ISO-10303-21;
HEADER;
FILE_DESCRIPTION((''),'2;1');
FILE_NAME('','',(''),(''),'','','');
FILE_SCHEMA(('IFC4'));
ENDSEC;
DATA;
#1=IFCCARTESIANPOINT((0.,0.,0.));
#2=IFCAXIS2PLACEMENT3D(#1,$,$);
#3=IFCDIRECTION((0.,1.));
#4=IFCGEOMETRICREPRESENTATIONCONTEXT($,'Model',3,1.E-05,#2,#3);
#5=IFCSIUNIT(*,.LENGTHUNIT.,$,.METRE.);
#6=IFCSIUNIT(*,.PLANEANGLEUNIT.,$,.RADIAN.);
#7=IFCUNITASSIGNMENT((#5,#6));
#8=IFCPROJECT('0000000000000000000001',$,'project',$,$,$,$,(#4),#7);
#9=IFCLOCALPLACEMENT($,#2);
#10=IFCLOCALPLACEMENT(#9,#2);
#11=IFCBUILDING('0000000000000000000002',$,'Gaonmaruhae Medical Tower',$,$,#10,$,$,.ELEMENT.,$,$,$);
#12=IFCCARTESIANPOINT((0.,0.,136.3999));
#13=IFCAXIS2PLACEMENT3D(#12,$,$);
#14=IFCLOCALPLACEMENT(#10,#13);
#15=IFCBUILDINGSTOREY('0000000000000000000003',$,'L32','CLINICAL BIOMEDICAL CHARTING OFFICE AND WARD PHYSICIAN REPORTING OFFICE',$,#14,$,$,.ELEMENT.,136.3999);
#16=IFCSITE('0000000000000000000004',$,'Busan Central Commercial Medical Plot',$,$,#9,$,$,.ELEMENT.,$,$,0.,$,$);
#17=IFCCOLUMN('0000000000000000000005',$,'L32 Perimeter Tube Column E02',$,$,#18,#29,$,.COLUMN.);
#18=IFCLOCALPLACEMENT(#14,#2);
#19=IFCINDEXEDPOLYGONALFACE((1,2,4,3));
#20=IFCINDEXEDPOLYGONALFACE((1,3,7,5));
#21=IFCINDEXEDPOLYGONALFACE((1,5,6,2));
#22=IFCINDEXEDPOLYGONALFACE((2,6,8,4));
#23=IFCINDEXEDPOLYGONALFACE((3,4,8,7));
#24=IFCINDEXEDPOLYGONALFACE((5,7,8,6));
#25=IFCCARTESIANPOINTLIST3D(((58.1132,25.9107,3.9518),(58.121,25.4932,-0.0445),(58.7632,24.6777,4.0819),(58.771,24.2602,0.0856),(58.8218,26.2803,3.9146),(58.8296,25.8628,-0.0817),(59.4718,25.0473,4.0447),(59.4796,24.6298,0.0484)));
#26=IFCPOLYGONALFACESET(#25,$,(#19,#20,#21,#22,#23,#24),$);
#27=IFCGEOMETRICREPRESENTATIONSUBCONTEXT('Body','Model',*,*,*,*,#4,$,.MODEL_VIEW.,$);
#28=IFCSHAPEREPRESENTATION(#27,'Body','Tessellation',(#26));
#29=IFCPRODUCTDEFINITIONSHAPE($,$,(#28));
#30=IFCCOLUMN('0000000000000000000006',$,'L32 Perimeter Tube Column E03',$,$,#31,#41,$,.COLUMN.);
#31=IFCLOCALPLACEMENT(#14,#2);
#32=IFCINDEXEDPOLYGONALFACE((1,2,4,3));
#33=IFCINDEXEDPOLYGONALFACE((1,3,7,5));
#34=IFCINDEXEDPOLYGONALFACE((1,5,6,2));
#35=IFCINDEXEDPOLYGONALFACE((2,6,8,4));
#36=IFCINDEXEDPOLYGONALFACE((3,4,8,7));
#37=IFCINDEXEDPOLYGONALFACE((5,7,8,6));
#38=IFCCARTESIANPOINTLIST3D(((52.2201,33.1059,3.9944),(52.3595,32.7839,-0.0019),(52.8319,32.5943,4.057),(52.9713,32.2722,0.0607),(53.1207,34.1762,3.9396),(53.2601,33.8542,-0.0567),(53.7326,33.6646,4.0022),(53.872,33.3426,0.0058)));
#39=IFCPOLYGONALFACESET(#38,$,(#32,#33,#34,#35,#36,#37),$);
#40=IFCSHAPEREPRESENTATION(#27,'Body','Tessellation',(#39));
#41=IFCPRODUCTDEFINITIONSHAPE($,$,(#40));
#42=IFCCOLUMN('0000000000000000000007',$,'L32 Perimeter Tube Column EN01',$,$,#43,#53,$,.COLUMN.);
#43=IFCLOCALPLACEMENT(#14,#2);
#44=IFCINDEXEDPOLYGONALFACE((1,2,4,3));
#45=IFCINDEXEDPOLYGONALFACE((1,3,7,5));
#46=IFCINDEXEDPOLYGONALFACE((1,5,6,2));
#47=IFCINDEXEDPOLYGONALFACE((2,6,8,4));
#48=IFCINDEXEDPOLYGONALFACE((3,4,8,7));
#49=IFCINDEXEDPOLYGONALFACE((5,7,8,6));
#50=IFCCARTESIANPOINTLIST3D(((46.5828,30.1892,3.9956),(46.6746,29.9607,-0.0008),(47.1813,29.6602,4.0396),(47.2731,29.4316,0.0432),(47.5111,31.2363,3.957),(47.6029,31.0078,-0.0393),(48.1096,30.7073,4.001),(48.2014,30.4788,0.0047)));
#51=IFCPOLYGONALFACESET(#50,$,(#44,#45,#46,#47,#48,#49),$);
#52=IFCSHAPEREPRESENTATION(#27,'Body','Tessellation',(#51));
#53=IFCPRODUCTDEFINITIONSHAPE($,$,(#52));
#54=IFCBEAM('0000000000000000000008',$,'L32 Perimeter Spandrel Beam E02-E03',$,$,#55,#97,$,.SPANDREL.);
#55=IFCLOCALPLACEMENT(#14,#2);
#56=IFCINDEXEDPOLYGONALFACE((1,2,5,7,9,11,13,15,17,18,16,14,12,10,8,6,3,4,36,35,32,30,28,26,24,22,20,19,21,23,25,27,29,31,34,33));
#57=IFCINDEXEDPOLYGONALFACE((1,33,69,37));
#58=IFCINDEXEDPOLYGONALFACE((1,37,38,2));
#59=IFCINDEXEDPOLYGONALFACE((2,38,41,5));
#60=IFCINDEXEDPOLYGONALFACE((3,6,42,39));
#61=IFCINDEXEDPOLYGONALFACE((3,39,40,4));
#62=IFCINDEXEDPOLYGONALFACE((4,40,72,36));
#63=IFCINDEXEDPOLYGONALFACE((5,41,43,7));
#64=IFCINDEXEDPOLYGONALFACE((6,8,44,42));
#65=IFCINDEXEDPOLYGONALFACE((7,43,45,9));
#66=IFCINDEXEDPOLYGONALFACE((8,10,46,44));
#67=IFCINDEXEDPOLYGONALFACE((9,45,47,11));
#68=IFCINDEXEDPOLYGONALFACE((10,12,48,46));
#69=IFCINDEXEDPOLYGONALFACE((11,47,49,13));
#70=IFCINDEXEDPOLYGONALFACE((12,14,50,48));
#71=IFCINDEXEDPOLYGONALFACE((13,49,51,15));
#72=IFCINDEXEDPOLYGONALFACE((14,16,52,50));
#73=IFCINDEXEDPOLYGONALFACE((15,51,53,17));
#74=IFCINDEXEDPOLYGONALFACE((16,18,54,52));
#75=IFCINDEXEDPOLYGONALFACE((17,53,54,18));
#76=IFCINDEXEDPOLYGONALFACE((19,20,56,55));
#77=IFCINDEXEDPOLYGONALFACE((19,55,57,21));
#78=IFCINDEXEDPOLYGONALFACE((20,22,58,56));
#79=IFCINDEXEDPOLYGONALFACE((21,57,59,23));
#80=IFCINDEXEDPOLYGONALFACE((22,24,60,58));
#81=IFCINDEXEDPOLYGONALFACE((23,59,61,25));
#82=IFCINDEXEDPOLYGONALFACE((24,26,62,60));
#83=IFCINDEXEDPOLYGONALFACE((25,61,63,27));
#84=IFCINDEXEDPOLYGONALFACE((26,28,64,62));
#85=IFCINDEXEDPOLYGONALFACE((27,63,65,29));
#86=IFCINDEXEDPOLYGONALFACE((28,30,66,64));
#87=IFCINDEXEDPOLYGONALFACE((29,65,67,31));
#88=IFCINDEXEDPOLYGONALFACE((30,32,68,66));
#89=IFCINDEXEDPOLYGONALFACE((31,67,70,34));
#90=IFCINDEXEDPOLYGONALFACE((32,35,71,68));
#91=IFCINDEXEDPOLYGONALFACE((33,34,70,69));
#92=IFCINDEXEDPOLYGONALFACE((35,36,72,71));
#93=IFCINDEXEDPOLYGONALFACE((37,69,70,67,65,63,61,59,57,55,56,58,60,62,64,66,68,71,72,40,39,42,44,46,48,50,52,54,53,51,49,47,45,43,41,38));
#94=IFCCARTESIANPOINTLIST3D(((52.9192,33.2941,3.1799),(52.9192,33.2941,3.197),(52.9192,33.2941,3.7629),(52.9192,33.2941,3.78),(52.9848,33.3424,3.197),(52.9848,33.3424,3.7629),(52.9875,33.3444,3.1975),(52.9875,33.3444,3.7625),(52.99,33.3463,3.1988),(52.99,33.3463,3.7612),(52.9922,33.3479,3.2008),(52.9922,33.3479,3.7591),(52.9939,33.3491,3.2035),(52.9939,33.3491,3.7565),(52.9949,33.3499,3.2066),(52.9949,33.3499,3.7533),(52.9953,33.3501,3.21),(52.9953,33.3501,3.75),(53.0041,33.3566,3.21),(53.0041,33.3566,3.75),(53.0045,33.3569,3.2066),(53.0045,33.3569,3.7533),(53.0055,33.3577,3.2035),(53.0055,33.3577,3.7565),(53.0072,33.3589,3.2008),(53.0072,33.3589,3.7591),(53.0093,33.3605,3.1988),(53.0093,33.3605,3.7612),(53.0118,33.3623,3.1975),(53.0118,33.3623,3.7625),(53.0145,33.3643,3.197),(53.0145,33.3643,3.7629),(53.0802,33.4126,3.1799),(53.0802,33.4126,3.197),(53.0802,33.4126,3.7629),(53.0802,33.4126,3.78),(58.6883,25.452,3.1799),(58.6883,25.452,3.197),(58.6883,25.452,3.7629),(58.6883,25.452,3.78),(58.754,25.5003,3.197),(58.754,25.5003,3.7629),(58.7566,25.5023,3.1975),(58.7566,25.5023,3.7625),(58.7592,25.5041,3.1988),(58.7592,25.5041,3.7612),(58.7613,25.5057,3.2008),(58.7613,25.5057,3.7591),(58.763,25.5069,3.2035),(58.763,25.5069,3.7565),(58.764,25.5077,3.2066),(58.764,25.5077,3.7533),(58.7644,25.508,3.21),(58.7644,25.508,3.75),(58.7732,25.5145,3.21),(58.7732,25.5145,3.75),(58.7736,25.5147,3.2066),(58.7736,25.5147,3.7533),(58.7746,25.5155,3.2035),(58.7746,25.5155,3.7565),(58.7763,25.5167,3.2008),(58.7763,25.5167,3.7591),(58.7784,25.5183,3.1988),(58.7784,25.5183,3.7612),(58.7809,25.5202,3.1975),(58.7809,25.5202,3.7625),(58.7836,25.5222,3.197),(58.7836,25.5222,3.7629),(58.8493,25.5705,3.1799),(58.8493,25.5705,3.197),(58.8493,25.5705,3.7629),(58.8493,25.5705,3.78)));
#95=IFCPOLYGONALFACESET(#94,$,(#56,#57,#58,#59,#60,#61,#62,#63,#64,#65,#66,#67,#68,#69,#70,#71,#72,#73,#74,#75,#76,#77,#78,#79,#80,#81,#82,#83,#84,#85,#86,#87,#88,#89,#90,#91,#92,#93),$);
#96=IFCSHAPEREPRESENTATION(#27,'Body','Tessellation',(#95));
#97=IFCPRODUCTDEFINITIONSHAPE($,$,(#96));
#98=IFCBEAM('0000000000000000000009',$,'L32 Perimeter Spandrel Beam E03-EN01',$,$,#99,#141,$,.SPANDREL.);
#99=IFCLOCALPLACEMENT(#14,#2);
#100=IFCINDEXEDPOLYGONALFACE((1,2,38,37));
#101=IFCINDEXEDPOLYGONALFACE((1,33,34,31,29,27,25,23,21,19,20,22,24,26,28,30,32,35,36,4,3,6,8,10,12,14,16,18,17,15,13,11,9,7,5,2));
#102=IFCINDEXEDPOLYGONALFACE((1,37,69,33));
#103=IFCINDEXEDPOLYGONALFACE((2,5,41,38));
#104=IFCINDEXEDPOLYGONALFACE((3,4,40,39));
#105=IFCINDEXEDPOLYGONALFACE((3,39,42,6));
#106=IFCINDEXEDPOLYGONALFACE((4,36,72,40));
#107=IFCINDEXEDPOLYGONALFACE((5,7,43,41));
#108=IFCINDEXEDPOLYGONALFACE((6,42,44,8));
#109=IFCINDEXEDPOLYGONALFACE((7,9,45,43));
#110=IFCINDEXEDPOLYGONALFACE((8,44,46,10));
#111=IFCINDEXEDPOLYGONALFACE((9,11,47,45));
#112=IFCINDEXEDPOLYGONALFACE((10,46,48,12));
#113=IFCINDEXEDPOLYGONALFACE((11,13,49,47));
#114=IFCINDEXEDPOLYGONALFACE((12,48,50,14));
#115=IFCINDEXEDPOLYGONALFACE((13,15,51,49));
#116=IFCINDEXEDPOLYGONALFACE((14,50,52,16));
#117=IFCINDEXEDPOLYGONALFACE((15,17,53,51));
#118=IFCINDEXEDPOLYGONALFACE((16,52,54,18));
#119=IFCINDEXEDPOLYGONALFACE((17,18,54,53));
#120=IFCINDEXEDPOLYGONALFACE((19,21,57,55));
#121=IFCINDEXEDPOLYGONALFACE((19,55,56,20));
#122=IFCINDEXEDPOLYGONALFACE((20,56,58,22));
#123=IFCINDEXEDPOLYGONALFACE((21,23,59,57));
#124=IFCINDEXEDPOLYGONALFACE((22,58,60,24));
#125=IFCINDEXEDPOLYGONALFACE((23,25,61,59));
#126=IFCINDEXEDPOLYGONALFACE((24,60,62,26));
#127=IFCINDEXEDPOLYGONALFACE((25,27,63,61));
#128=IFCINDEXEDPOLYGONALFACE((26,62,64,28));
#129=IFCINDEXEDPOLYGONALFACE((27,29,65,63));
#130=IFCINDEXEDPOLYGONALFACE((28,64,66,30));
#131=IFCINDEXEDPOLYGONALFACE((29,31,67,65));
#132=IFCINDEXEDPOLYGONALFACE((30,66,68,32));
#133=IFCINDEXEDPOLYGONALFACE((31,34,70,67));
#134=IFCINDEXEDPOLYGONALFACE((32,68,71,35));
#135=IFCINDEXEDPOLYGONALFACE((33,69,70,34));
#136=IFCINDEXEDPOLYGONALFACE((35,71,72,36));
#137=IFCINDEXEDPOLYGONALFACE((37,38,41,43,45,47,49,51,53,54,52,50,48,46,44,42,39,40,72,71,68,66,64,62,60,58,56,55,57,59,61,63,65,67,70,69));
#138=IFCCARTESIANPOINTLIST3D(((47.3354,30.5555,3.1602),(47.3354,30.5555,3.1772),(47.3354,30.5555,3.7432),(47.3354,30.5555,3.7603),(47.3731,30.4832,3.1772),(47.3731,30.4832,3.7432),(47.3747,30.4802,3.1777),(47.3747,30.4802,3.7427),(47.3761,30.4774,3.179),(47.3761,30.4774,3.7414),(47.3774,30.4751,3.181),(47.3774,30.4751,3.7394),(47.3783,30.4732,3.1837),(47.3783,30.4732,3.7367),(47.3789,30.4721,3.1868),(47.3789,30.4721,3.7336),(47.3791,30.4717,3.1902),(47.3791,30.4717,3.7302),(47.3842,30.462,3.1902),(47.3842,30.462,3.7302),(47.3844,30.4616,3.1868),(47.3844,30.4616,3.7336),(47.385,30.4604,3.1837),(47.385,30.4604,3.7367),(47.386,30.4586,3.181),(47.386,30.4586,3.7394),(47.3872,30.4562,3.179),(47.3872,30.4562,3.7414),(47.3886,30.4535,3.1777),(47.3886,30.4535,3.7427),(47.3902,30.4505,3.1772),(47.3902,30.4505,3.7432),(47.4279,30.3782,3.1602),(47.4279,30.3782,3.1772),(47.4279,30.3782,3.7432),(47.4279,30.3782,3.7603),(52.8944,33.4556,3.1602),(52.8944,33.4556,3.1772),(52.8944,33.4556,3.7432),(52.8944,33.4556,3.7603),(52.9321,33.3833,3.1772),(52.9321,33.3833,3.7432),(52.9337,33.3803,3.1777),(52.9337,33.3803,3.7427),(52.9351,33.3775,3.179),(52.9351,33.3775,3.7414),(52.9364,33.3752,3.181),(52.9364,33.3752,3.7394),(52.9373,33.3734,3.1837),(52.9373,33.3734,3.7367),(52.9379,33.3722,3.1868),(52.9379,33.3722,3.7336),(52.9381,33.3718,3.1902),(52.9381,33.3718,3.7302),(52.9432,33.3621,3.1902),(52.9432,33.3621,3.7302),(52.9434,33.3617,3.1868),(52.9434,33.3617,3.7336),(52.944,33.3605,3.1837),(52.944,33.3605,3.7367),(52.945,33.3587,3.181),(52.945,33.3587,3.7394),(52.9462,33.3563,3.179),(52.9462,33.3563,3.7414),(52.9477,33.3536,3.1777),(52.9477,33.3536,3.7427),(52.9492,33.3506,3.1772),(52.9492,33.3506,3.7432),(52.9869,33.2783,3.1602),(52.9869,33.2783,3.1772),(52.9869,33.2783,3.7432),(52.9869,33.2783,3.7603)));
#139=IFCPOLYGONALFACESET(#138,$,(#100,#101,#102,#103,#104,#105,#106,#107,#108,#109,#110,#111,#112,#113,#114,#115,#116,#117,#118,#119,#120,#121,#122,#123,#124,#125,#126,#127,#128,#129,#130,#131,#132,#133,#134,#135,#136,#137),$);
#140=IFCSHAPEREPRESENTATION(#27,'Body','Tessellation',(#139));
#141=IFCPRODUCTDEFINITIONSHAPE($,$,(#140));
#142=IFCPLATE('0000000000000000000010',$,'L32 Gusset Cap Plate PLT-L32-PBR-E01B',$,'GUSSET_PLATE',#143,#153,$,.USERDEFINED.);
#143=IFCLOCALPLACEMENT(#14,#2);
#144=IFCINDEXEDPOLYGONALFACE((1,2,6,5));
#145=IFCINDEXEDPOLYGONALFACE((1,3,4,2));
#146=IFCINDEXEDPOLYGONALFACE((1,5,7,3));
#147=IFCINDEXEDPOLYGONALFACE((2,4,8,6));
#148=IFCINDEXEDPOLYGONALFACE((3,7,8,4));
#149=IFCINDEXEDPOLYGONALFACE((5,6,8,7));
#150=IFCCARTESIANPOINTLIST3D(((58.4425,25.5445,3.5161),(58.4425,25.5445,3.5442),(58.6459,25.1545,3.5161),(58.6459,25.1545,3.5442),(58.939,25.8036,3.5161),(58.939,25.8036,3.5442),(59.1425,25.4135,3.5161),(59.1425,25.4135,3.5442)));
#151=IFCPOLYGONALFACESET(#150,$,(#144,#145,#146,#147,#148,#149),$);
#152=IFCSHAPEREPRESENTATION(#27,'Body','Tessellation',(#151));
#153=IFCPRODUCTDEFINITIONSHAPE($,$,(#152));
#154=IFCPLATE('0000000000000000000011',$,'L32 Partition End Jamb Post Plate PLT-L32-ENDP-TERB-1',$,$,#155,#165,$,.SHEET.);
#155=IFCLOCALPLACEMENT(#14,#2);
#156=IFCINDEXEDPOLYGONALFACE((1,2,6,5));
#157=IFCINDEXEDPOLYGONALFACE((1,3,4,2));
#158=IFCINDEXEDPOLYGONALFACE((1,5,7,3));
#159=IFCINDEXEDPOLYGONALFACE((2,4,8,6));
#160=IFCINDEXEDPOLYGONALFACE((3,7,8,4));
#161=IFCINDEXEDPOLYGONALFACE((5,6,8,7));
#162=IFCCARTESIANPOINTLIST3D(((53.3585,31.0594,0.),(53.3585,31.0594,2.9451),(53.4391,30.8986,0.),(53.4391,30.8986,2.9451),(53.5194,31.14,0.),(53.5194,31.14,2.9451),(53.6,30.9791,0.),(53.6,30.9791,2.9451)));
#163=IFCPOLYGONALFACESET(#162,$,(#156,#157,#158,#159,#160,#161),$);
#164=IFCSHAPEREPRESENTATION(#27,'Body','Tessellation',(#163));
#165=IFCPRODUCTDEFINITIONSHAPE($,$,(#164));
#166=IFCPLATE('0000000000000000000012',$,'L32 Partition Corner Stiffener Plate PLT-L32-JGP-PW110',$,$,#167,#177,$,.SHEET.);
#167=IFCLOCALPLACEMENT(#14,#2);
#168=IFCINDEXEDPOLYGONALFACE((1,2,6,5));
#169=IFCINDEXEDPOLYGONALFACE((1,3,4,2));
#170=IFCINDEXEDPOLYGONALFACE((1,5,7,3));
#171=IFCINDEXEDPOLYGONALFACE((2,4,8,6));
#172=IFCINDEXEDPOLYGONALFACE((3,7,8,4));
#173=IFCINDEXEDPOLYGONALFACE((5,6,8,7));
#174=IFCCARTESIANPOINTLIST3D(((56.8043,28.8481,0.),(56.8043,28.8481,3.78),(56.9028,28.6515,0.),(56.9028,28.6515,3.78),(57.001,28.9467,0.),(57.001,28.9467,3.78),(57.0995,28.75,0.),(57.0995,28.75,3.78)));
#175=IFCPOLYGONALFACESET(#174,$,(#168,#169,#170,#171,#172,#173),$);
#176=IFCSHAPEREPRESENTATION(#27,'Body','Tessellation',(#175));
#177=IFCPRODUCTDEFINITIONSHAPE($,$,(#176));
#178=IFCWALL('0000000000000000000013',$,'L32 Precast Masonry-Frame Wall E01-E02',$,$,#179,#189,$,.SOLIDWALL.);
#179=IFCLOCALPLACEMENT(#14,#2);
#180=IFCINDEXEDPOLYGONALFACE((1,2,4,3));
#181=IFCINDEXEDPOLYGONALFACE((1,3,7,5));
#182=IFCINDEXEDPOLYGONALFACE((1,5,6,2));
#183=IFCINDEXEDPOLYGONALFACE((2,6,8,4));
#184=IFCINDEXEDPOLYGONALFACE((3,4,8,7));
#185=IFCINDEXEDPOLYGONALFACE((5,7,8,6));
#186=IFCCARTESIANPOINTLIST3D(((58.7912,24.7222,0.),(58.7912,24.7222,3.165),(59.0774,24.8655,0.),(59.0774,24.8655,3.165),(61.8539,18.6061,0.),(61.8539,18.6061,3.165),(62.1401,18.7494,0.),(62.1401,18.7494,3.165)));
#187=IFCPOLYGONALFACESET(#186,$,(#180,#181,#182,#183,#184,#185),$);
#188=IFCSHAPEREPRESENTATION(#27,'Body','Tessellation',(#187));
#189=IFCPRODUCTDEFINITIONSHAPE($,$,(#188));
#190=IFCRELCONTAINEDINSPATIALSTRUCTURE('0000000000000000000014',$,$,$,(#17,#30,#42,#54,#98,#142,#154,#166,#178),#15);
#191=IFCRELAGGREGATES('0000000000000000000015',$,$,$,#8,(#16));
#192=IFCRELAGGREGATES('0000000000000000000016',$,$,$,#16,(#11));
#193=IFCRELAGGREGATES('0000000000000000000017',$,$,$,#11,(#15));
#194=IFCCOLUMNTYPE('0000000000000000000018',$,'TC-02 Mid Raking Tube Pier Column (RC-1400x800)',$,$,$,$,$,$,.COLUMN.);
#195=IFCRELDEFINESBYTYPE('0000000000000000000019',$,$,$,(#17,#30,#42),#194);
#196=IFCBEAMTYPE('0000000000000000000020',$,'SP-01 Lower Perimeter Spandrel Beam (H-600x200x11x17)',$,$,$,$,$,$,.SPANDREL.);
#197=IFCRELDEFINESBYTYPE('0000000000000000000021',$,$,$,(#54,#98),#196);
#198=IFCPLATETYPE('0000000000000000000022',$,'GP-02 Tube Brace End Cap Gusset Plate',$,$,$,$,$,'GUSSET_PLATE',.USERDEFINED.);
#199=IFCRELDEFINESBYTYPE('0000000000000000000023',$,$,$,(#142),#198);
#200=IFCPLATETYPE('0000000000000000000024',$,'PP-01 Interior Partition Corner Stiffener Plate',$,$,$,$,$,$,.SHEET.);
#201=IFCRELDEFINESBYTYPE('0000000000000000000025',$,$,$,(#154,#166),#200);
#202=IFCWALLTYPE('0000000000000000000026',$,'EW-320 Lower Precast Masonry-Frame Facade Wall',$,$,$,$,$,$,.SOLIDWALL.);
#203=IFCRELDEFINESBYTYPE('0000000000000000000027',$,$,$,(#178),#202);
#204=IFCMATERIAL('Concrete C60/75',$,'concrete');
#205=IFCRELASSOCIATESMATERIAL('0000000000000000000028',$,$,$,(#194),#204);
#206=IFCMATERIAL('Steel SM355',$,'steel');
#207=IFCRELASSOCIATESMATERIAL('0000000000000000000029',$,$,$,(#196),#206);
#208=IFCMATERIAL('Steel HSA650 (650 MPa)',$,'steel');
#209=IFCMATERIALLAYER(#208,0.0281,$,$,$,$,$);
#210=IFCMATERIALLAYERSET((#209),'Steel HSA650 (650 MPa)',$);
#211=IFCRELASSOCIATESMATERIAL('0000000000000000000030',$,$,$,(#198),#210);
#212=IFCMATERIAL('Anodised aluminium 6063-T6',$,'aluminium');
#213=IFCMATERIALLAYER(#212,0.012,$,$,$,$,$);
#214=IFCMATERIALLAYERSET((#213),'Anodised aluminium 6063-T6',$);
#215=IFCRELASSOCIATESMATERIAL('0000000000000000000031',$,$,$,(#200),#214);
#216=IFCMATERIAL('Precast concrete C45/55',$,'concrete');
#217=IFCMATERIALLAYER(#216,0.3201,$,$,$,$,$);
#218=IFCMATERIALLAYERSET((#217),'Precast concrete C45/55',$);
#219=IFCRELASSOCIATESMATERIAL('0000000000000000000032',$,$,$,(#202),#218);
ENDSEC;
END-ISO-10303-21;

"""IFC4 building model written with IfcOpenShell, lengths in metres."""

from ifc_helpers import new_model, si_unit, direction, frame, frame_2d, origin, origin_2d, place, context, subcontext, project, spatial, rectangle, i_section, extrude, material, layer, layer_set, material_profile, profile_set, type_object, element, save


model = new_model("IFC4")

# Units and contexts
model_context = context("Model", 3, precision=1e-05, world=origin(), true_north=direction((0.0, 1.0)))
body_context = subcontext(model_context, "Body", "Model", "MODEL_VIEW")
ifc_project = project(units=[si_unit("LENGTHUNIT", "METRE"), si_unit("PLANEANGLEUNIT", "RADIAN")], contexts=[model_context])

# Site, building, storey
site_placement = place(None, origin())
site = spatial("IfcSite", under=ifc_project, at=site_placement, Name="Busan Central Commercial Medical Plot", CompositionType="ELEMENT", RefElevation=0.0)
building_placement = place(site_placement, origin())
building = spatial("IfcBuilding", under=site, at=building_placement, Name="Gaonmaruhae Medical Tower", CompositionType="ELEMENT")
storey_placement = place(building_placement, frame((0.0, 0.0, 136.3999)))
storey = spatial("IfcBuildingStorey", under=building, at=storey_placement, Name="L32", Description="CLINICAL BIOMEDICAL CHARTING OFFICE AND WARD PHYSICIAN REPORTING OFFICE", CompositionType="ELEMENT", Elevation=136.3999)

# Columns
ifc_material_1 = material(Name="Concrete C60/75", Category="concrete")
ifc_material_profile_1 = material_profile(ifc_material_1, rectangle(XDim=1.3999, YDim=0.8, at=origin_2d()), Name="RC-1400x800")
ifc_profile_set_1 = profile_set([ifc_material_profile_1], Name="Concrete C60/75")
column_type = type_object("IfcColumnType", Name="TC-02 Mid Raking Tube Pier Column (RC-1400x800)", PredefinedType="COLUMN", material=ifc_profile_set_1)
column_1_placement = place(storey_placement, frame((58.8003, 25.0615, 0.002), z_axis=(-0.001944, 0.1039, 0.994586), x_axis=(0.46432, -0.88078, 0.092919)))
element("IfcColumn", 1, at=column_1_placement, inside=storey, type_object=column_type, Name="L32 Perimeter Tube Column E02", PredefinedType="COLUMN", context=body_context, shape_type="SweptSolid", body=[
    extrude(rectangle(XDim=1.3999, YDim=0.8, at=origin_2d()), origin(), (0.0, 0.0, 1.0), 4.0181),
])
column_2_placement = place(storey_placement, frame((53.1157, 33.0632, 0.002), z_axis=(-0.034749, 0.08027, 0.996167), x_axis=(-0.643363, -0.764559, 0.039165)))
element("IfcColumn", 2, at=column_2_placement, inside=storey, type_object=column_type, Name="L32 Perimeter Tube Column E03", PredefinedType="COLUMN", context=body_context, shape_type="SweptSolid", body=[
    extrude(rectangle(XDim=1.3999, YDim=0.8, at=origin_2d()), origin(), (0.0, 0.0, 1.0), 4.0117),
])
column_3_placement = place(storey_placement, frame((47.438, 30.2197, 0.002), z_axis=(-0.022927, 0.057073, 0.998107), x_axis=(-0.663122, -0.748005, 0.02754)))
element("IfcColumn", 3, at=column_3_placement, inside=storey, type_object=column_type, Name="L32 Perimeter Tube Column EN01", PredefinedType="COLUMN", context=body_context, shape_type="SweptSolid", body=[
    extrude(rectangle(XDim=1.3999, YDim=0.8, at=origin_2d()), origin(), (0.0, 0.0, 1.0), 4.0039),
])

# Beams
ifc_material_2 = material(Name="Steel SM355", Category="steel")
ifc_material_profile_2 = material_profile(ifc_material_2, i_section(OverallWidth=0.2, OverallDepth=0.6001, WebThickness=0.011, FlangeThickness=0.0171, FilletRadius=0.0129, at=origin_2d()), Name="H-600x200x11x17")
ifc_profile_set_2 = profile_set([ifc_material_profile_2], Name="Steel SM355")
beam_type = type_object("IfcBeamType", Name="SP-01 Lower Perimeter Spandrel Beam (H-600x200x11x17)", PredefinedType="SPANDREL", material=ifc_profile_set_2)
beam_1_placement = place(storey_placement, frame((58.7688, 25.5112, 3.48), z_axis=(-0.59258, 0.805512, 0.0), x_axis=(-0.805512, -0.59258, 0.0)))
element("IfcBeam", 4, at=beam_1_placement, inside=storey, type_object=beam_type, Name="L32 Perimeter Spandrel Beam E02-E03", PredefinedType="SPANDREL", context=body_context, shape_type="SweptSolid", body=[
    extrude(i_section(OverallWidth=0.2, OverallDepth=0.6001, WebThickness=0.011, FlangeThickness=0.0171, FilletRadius=0.0129, at=origin_2d()), origin(), (0.0, 0.0, 1.0), 9.7356),
])
beam_2_placement = place(storey_placement, frame((52.9407, 33.3669, 3.4602), z_axis=(-0.886601, -0.462535, 0.0), x_axis=(0.462535, -0.886601, 0.0)))
element("IfcBeam", 5, at=beam_2_placement, inside=storey, type_object=beam_type, Name="L32 Perimeter Spandrel Beam E03-EN01", PredefinedType="SPANDREL", context=body_context, shape_type="SweptSolid", body=[
    extrude(i_section(OverallWidth=0.2, OverallDepth=0.6001, WebThickness=0.011, FlangeThickness=0.0171, FilletRadius=0.0129, at=origin_2d()), origin(), (0.0, 0.0, 1.0), 6.27),
])

# Plates
ifc_material_3 = material(Name="Steel HSA650 (650 MPa)", Category="steel")
ifc_layer_1 = layer(ifc_material_3, 0.0281)
ifc_layer_set_1 = layer_set([ifc_layer_1], Name="Steel HSA650 (650 MPa)")
plate_type_1 = type_object("IfcPlateType", Name="GP-02 Tube Brace End Cap Gusset Plate", ElementType="GUSSET_PLATE", PredefinedType="USERDEFINED", material=ifc_layer_set_1)
plate_1_placement = place(storey_placement, frame((58.7925, 25.479, 3.5161), z_axis=(0.0, 0.0, 1.0), x_axis=(0.886608, 0.462523, 0.0)))
element("IfcPlate", 6, at=plate_1_placement, inside=storey, type_object=plate_type_1, Name="L32 Gusset Cap Plate PLT-L32-PBR-E01B", ObjectType="GUSSET_PLATE", PredefinedType="USERDEFINED", context=body_context, shape_type="SweptSolid", body=[
    extrude(rectangle(XDim=0.5601, YDim=0.4399, at=origin_2d()), origin(), (0.0, 0.0, 1.0), 0.0281),
])
ifc_material_4 = material(Name="Anodised aluminium 6063-T6", Category="aluminium")
ifc_layer_2 = layer(ifc_material_4, 0.012)
ifc_layer_set_2 = layer_set([ifc_layer_2], Name="Anodised aluminium 6063-T6")
plate_type_2 = type_object("IfcPlateType", Name="PP-01 Interior Partition Corner Stiffener Plate", PredefinedType="SHEET", material=ifc_layer_set_2)
plate_2_placement = place(storey_placement, frame((53.4792, 31.0193, 0.0), z_axis=(0.0, 0.0, 1.0), x_axis=(0.894154, 0.447759, 0.0)))
element("IfcPlate", 7, at=plate_2_placement, inside=storey, type_object=plate_type_2, Name="L32 Partition End Jamb Post Plate PLT-L32-ENDP-TERB-1", PredefinedType="SHEET", context=body_context, shape_type="SweptSolid", body=[
    extrude(rectangle(XDim=0.1799, YDim=0.1799, at=origin_2d()), origin(), (0.0, 0.0, 1.0), 2.9451),
])
plate_3_placement = place(storey_placement, frame((56.9519, 28.7991, 0.0), z_axis=(0.0, 0.0, 1.0), x_axis=(0.894053, 0.447962, 0.0)))
element("IfcPlate", 8, at=plate_3_placement, inside=storey, type_object=plate_type_2, Name="L32 Partition Corner Stiffener Plate PLT-L32-JGP-PW110", PredefinedType="SHEET", context=body_context, shape_type="SweptSolid", body=[
    extrude(rectangle(XDim=0.22, YDim=0.22, at=origin_2d()), origin(), (0.0, 0.0, 1.0), 3.78),
])

# Wall
ifc_material_5 = material(Name="Precast concrete C45/55", Category="concrete")
ifc_layer_3 = layer(ifc_material_5, 0.3201)
ifc_layer_set_3 = layer_set([ifc_layer_3], Name="Precast concrete C45/55")
wall_type_1 = type_object("IfcWallType", Name="EW-320 Lower Precast Masonry-Frame Facade Wall", PredefinedType="SOLIDWALL", material=ifc_layer_set_3)
wall_1_placement = place(storey_placement, frame((58.9343, 24.7937, 0.0), z_axis=(0.0, 0.0, 1.0), x_axis=(0.447756, -0.894156, 0.0)))
element("IfcWall", 9, at=wall_1_placement, inside=storey, type_object=wall_type_1, Name="L32 Precast Masonry-Frame Wall E01-E02", PredefinedType="SOLIDWALL", context=body_context, shape_type="SweptSolid", body=[
    extrude(rectangle(XDim=6.8401, YDim=0.3201, at=frame_2d((3.4199, 0.0))), origin(), (0.0, 0.0, 1.0), 3.165),
])

save(model, "model.ifc")
